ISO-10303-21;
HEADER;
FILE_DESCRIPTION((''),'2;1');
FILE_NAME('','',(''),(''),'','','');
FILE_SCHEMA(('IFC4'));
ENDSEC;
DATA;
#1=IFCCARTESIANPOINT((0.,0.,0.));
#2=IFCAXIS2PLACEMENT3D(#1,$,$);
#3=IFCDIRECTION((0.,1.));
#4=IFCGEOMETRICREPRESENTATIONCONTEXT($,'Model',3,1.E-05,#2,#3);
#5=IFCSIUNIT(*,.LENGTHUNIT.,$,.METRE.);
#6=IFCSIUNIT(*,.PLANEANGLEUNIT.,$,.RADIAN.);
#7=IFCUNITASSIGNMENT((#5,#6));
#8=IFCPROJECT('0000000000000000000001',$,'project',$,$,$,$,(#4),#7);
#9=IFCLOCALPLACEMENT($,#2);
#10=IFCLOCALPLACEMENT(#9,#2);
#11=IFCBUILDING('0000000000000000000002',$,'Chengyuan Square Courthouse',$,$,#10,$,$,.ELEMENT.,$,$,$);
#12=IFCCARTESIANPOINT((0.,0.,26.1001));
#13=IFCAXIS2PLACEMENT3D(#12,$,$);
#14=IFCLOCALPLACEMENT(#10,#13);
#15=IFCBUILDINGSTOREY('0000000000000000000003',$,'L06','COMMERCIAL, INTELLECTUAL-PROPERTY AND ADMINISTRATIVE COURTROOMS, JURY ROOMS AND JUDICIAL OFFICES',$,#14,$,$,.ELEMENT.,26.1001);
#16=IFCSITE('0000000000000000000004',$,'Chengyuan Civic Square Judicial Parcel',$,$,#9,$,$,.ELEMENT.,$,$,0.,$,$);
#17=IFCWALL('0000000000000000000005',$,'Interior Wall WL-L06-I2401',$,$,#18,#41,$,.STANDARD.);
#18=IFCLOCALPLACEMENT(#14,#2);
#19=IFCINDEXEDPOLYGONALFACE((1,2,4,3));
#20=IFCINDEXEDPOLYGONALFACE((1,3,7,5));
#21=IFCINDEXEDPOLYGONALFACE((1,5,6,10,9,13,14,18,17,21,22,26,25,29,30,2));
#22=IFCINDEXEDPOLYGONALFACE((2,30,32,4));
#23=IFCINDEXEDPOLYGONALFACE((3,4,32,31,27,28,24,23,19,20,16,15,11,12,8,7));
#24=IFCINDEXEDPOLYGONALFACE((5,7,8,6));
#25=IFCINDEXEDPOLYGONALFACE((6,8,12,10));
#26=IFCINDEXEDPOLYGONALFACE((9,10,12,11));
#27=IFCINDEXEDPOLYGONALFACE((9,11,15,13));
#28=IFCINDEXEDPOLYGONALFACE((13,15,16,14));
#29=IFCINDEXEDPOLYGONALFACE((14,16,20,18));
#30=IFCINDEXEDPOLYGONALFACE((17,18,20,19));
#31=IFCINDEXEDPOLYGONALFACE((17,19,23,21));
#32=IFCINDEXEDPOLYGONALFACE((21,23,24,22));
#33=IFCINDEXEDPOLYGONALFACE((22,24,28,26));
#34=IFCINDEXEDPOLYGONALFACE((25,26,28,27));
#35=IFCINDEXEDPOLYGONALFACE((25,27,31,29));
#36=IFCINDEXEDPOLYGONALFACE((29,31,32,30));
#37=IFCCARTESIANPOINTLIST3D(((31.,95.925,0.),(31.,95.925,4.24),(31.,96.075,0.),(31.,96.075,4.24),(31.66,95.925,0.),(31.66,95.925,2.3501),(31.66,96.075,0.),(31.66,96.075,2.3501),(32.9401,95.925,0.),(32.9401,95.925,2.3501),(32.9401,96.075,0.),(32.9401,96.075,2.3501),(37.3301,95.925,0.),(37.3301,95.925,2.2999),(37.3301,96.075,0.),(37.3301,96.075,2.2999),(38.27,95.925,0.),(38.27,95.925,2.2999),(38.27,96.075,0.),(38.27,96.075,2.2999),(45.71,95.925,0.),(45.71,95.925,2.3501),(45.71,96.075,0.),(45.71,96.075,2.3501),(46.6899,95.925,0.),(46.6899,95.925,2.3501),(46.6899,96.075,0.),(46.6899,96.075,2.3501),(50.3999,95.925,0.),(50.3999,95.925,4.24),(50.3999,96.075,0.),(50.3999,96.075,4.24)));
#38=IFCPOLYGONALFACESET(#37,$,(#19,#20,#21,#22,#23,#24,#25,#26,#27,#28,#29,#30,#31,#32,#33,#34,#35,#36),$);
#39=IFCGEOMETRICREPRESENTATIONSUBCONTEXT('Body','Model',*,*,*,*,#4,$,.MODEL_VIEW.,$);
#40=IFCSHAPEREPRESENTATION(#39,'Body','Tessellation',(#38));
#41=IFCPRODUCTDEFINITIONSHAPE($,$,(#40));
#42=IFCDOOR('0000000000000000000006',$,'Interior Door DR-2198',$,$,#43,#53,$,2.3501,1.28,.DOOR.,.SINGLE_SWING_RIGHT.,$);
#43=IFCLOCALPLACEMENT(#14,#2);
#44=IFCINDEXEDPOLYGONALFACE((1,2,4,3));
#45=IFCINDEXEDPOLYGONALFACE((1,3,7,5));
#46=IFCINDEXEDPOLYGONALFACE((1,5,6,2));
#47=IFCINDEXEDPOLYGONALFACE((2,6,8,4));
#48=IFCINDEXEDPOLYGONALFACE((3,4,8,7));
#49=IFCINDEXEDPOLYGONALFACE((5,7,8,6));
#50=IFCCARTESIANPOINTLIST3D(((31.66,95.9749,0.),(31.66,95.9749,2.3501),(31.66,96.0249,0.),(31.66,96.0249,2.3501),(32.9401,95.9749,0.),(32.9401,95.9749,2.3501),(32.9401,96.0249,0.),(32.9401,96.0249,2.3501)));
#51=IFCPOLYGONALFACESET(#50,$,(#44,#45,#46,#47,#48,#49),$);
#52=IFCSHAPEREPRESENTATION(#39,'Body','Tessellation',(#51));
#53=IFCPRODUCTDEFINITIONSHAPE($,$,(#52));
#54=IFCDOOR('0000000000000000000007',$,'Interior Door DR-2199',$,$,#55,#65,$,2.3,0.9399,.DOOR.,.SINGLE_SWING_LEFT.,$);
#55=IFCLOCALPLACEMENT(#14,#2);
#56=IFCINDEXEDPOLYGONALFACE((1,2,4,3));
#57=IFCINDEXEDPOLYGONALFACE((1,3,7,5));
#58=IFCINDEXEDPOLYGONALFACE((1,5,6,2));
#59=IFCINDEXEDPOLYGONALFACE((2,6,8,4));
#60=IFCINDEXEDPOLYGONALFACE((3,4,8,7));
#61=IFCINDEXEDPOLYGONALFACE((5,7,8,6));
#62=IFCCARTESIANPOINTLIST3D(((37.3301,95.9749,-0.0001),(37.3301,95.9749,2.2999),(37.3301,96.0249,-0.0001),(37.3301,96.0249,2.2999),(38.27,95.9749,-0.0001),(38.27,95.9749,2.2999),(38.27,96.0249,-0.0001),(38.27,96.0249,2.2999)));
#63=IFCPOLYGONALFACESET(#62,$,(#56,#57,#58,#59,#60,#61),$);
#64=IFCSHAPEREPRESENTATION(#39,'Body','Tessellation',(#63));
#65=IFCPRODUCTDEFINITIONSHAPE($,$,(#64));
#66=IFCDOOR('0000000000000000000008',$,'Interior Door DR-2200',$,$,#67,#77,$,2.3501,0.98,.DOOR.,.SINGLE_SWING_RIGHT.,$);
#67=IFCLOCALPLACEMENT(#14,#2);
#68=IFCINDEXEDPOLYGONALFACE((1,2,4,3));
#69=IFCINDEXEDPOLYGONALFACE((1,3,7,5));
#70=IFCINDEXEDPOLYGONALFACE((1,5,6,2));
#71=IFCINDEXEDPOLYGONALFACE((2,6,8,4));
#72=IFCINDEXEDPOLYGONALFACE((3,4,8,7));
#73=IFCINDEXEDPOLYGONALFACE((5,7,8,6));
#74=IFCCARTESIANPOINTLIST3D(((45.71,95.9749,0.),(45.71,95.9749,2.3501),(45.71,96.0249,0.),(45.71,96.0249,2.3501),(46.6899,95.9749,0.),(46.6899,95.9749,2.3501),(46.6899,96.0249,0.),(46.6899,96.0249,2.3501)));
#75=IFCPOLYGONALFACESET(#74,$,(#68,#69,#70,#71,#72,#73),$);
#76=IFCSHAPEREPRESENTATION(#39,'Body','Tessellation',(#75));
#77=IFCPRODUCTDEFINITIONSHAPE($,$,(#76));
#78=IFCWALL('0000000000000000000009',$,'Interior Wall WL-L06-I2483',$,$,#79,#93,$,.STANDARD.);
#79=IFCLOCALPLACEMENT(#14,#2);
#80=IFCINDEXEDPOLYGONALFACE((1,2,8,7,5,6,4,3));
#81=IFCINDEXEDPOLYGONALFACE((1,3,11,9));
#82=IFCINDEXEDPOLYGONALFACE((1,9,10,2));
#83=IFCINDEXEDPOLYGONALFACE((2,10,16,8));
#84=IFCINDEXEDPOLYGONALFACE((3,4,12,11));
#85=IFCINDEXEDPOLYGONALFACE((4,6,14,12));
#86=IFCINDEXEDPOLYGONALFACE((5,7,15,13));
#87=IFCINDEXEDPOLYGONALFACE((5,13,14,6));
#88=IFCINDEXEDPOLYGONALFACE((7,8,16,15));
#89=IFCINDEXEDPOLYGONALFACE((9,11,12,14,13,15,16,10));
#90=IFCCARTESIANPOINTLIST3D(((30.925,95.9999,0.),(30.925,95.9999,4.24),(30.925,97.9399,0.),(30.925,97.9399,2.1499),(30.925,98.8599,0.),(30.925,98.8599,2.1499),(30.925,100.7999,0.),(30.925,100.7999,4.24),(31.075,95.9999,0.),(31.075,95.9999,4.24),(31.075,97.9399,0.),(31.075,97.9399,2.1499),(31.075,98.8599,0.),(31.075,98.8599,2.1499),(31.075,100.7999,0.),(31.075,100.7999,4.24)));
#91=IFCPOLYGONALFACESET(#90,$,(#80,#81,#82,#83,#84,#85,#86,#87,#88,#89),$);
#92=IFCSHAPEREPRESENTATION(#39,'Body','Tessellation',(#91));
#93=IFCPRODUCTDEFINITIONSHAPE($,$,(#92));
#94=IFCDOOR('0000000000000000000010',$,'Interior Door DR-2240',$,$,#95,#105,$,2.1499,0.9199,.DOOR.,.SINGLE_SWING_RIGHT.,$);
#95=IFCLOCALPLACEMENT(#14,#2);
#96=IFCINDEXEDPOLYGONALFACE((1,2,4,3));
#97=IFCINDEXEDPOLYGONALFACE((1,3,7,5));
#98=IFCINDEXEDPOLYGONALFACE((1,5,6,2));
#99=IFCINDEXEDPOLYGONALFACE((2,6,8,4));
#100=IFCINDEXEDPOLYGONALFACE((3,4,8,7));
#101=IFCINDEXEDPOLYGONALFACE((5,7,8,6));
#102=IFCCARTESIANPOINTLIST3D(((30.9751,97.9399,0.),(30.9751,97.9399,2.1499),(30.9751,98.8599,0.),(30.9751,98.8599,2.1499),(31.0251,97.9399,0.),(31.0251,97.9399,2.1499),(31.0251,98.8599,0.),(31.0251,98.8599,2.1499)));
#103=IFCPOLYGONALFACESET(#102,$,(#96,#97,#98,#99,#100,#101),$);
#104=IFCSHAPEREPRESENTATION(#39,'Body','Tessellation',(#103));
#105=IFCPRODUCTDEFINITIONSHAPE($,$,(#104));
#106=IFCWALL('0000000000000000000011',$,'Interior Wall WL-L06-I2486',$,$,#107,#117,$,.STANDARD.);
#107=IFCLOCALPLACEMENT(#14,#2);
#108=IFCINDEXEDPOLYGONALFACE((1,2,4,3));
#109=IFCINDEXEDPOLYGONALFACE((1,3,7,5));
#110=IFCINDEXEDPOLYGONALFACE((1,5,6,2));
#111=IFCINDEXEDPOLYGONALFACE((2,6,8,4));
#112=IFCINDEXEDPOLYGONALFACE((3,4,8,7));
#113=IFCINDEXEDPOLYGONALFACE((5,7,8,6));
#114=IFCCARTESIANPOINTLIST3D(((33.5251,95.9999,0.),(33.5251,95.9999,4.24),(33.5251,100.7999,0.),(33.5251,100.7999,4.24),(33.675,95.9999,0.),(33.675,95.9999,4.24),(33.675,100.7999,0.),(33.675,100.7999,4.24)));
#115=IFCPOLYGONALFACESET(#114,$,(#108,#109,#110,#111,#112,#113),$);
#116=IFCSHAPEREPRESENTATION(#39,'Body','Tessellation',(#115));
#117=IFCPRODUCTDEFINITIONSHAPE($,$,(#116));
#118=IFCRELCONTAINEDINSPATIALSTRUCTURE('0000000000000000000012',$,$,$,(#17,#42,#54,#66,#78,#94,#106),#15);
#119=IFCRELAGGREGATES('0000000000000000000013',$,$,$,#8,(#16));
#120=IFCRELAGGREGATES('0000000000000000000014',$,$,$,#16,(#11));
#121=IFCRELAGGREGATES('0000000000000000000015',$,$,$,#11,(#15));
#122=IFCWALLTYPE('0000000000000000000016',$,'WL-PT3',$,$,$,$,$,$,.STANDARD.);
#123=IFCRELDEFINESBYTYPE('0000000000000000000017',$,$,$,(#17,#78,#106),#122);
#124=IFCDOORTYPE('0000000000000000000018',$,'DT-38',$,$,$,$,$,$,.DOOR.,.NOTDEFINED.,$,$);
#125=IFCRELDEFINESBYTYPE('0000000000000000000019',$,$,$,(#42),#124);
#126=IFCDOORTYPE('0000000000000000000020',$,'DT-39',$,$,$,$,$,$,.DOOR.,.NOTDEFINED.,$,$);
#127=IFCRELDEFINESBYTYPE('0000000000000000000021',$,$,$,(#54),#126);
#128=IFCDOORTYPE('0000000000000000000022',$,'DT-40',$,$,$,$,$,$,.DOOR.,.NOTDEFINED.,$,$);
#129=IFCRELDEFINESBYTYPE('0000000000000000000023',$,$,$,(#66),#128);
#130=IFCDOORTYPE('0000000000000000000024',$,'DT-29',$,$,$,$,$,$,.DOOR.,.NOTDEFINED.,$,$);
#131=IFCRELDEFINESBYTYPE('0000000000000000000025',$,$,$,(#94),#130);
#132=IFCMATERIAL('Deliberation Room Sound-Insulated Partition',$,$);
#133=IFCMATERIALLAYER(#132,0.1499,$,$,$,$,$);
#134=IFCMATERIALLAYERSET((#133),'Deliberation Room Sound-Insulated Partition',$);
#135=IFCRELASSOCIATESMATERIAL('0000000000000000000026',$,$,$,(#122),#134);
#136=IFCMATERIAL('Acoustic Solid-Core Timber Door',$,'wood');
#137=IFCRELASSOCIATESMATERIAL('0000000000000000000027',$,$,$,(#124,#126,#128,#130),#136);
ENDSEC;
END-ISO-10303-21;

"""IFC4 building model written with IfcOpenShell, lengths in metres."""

from ifc_helpers import new_model, si_unit, direction, frame, frame_2d, origin, place, context, subcontext, project, spatial, rectangle, extrude, material, layer, layer_set, type_object, element, fill, save


model = new_model("IFC4")

# Units and contexts
model_context = context("Model", 3, precision=1e-05, world=origin(), true_north=direction((0.0, 1.0)))
body_context = subcontext(model_context, "Body", "Model", "MODEL_VIEW")
ifc_project = project(units=[si_unit("LENGTHUNIT", "METRE"), si_unit("PLANEANGLEUNIT", "RADIAN")], contexts=[model_context])

# Site, building, storey
site_placement = place(None, origin())
site = spatial("IfcSite", under=ifc_project, at=site_placement, Name="Chengyuan Civic Square Judicial Parcel", CompositionType="ELEMENT", RefElevation=0.0)
building_placement = place(site_placement, origin())
building = spatial("IfcBuilding", under=site, at=building_placement, Name="Chengyuan Square Courthouse", CompositionType="ELEMENT")
storey_placement = place(building_placement, frame((0.0, 0.0, 26.1001)))
storey = spatial("IfcBuildingStorey", under=building, at=storey_placement, Name="L06", Description="COMMERCIAL, INTELLECTUAL-PROPERTY AND ADMINISTRATIVE COURTROOMS, JURY ROOMS AND JUDICIAL OFFICES", CompositionType="ELEMENT", Elevation=26.1001)

# Wall, openings, doors
ifc_material_1 = material(Name="Deliberation Room Sound-Insulated Partition")
ifc_layer_1 = layer(ifc_material_1, 0.1499)
ifc_layer_set_1 = layer_set([ifc_layer_1], Name="Deliberation Room Sound-Insulated Partition")
wall_type_1 = type_object("IfcWallType", Name="WL-PT3", PredefinedType="STANDARD", material=ifc_layer_set_1)
wall_1_placement = place(storey_placement, frame((31.0, 96.0, 0.0), z_axis=(0.0, 0.0, 1.0), x_axis=(1.0, 0.0, 0.0)))
wall_1 = element("IfcWall", 1, at=wall_1_placement, inside=storey, type_object=wall_type_1, Name="Interior Wall WL-L06-I2401", PredefinedType="STANDARD", context=body_context, shape_type="SweptSolid", body=[
    extrude(rectangle(XDim=19.3999, YDim=0.1499, at=frame_2d((9.7, 0.0))), origin(), (0.0, 0.0, 1.0), 4.24),
])
opening_1_placement = place(wall_1_placement, frame((0.6599, 0.0, 0.0)))
opening_1 = element("IfcOpeningElement", 2, at=opening_1_placement, cuts=wall_1, PredefinedType="OPENING", context=body_context, shape_type="SweptSolid", body=[
    extrude(rectangle(XDim=1.28, YDim=2.3501, at=frame_2d((0.6401, 1.175))), frame((0.0, 0.0869, 0.0), z_axis=(0.0, -1.0, 0.0), x_axis=(1.0, 0.0, 0.0)), (0.0, 0.0, 1.0), 0.1738),
])
opening_2_placement = place(wall_1_placement, frame((6.3301, 0.0, 0.0)))
opening_2 = element("IfcOpeningElement", 3, at=opening_2_placement, cuts=wall_1, PredefinedType="OPENING", context=body_context, shape_type="SweptSolid", body=[
    extrude(rectangle(XDim=0.9399, YDim=2.3, at=frame_2d((0.47, 1.1499))), frame((0.0, 0.0869, 0.0), z_axis=(0.0, -1.0, 0.0), x_axis=(1.0, 0.0, 0.0)), (0.0, 0.0, 1.0), 0.1738),
])
opening_3_placement = place(wall_1_placement, frame((14.71, 0.0, 0.0)))
opening_3 = element("IfcOpeningElement", 4, at=opening_3_placement, cuts=wall_1, PredefinedType="OPENING", context=body_context, shape_type="SweptSolid", body=[
    extrude(rectangle(XDim=0.98, YDim=2.3501, at=frame_2d((0.49, 1.175))), frame((0.0, 0.0869, 0.0), z_axis=(0.0, -1.0, 0.0), x_axis=(1.0, 0.0, 0.0)), (0.0, 0.0, 1.0), 0.1738),
])
ifc_material_2 = material(Name="Acoustic Solid-Core Timber Door", Category="wood")
door_type_1 = type_object("IfcDoorType", Name="DT-38", OperationType="NOTDEFINED", PredefinedType="DOOR", material=ifc_material_2)
door_1_placement = place(opening_1_placement, origin())
door_1 = element("IfcDoor", 5, at=door_1_placement, inside=storey, type_object=door_type_1, Name="Interior Door DR-2198", OperationType="SINGLE_SWING_RIGHT", OverallHeight=2.3501, OverallWidth=1.28, PredefinedType="DOOR", context=body_context, shape_type="SweptSolid", body=[
    extrude(rectangle(XDim=1.28, YDim=2.3501, at=frame_2d((0.6401, 1.175))), frame((0.0, 0.0249, 0.0), z_axis=(0.0, -1.0, 0.0), x_axis=(1.0, 0.0, 0.0)), (0.0, 0.0, 1.0), 0.05),
])
fill(opening_1, door_1)
door_type_2 = type_object("IfcDoorType", Name="DT-39", OperationType="NOTDEFINED", PredefinedType="DOOR", material=ifc_material_2)
door_2_placement = place(opening_2_placement, origin())
door_2 = element("IfcDoor", 6, at=door_2_placement, inside=storey, type_object=door_type_2, Name="Interior Door DR-2199", OperationType="SINGLE_SWING_LEFT", OverallHeight=2.3, OverallWidth=0.9399, PredefinedType="DOOR", context=body_context, shape_type="SweptSolid", body=[
    extrude(rectangle(XDim=0.9399, YDim=2.3, at=frame_2d((0.47, 1.1499))), frame((0.0, 0.0249, 0.0), z_axis=(0.0, -1.0, 0.0), x_axis=(1.0, 0.0, 0.0)), (0.0, 0.0, 1.0), 0.05),
])
fill(opening_2, door_2)
door_type_3 = type_object("IfcDoorType", Name="DT-40", OperationType="NOTDEFINED", PredefinedType="DOOR", material=ifc_material_2)
door_3_placement = place(opening_3_placement, origin())
door_3 = element("IfcDoor", 7, at=door_3_placement, inside=storey, type_object=door_type_3, Name="Interior Door DR-2200", OperationType="SINGLE_SWING_RIGHT", OverallHeight=2.3501, OverallWidth=0.98, PredefinedType="DOOR", context=body_context, shape_type="SweptSolid", body=[
    extrude(rectangle(XDim=0.98, YDim=2.3501, at=frame_2d((0.49, 1.175))), frame((0.0, 0.0249, 0.0), z_axis=(0.0, -1.0, 0.0), x_axis=(1.0, 0.0, 0.0)), (0.0, 0.0, 1.0), 0.05),
])
fill(opening_3, door_3)

# Wall, opening, door
wall_2_placement = place(storey_placement, frame((31.0, 96.0, 0.0), z_axis=(0.0, 0.0, 1.0), x_axis=(0.0, 1.0, 0.0)))
wall_2 = element("IfcWall", 8, at=wall_2_placement, inside=storey, type_object=wall_type_1, Name="Interior Wall WL-L06-I2483", PredefinedType="STANDARD", context=body_context, shape_type="SweptSolid", body=[
    extrude(rectangle(XDim=4.8, YDim=0.1499, at=frame_2d((2.3999, 0.0))), origin(), (0.0, 0.0, 1.0), 4.24),
])
opening_4_placement = place(wall_2_placement, frame((1.9399, 0.0, 0.0)))
opening_4 = element("IfcOpeningElement", 9, at=opening_4_placement, cuts=wall_2, PredefinedType="OPENING", context=body_context, shape_type="SweptSolid", body=[
    extrude(rectangle(XDim=0.9199, YDim=2.1499, at=frame_2d((0.46, 1.075))), frame((0.0, 0.0869, 0.0), z_axis=(0.0, -1.0, 0.0), x_axis=(1.0, 0.0, 0.0)), (0.0, 0.0, 1.0), 0.1738),
])
door_type_4 = type_object("IfcDoorType", Name="DT-29", OperationType="NOTDEFINED", PredefinedType="DOOR", material=ifc_material_2)
door_4_placement = place(opening_4_placement, origin())
door_4 = element("IfcDoor", 10, at=door_4_placement, inside=storey, type_object=door_type_4, Name="Interior Door DR-2240", OperationType="SINGLE_SWING_RIGHT", OverallHeight=2.1499, OverallWidth=0.9199, PredefinedType="DOOR", context=body_context, shape_type="SweptSolid", body=[
    extrude(rectangle(XDim=0.9199, YDim=2.1499, at=frame_2d((0.46, 1.075))), frame((0.0, 0.0249, 0.0), z_axis=(0.0, -1.0, 0.0), x_axis=(1.0, 0.0, 0.0)), (0.0, 0.0, 1.0), 0.05),
])
fill(opening_4, door_4)

# Wall
wall_3_placement = place(storey_placement, frame((33.6001, 96.0, 0.0), z_axis=(0.0, 0.0, 1.0), x_axis=(0.0, 1.0, 0.0)))
element("IfcWall", 11, at=wall_3_placement, inside=storey, type_object=wall_type_1, Name="Interior Wall WL-L06-I2486", PredefinedType="STANDARD", context=body_context, shape_type="SweptSolid", body=[
    extrude(rectangle(XDim=4.8, YDim=0.1499, at=frame_2d((2.3999, 0.0))), origin(), (0.0, 0.0, 1.0), 4.24),
])

save(model, "model.ifc")
